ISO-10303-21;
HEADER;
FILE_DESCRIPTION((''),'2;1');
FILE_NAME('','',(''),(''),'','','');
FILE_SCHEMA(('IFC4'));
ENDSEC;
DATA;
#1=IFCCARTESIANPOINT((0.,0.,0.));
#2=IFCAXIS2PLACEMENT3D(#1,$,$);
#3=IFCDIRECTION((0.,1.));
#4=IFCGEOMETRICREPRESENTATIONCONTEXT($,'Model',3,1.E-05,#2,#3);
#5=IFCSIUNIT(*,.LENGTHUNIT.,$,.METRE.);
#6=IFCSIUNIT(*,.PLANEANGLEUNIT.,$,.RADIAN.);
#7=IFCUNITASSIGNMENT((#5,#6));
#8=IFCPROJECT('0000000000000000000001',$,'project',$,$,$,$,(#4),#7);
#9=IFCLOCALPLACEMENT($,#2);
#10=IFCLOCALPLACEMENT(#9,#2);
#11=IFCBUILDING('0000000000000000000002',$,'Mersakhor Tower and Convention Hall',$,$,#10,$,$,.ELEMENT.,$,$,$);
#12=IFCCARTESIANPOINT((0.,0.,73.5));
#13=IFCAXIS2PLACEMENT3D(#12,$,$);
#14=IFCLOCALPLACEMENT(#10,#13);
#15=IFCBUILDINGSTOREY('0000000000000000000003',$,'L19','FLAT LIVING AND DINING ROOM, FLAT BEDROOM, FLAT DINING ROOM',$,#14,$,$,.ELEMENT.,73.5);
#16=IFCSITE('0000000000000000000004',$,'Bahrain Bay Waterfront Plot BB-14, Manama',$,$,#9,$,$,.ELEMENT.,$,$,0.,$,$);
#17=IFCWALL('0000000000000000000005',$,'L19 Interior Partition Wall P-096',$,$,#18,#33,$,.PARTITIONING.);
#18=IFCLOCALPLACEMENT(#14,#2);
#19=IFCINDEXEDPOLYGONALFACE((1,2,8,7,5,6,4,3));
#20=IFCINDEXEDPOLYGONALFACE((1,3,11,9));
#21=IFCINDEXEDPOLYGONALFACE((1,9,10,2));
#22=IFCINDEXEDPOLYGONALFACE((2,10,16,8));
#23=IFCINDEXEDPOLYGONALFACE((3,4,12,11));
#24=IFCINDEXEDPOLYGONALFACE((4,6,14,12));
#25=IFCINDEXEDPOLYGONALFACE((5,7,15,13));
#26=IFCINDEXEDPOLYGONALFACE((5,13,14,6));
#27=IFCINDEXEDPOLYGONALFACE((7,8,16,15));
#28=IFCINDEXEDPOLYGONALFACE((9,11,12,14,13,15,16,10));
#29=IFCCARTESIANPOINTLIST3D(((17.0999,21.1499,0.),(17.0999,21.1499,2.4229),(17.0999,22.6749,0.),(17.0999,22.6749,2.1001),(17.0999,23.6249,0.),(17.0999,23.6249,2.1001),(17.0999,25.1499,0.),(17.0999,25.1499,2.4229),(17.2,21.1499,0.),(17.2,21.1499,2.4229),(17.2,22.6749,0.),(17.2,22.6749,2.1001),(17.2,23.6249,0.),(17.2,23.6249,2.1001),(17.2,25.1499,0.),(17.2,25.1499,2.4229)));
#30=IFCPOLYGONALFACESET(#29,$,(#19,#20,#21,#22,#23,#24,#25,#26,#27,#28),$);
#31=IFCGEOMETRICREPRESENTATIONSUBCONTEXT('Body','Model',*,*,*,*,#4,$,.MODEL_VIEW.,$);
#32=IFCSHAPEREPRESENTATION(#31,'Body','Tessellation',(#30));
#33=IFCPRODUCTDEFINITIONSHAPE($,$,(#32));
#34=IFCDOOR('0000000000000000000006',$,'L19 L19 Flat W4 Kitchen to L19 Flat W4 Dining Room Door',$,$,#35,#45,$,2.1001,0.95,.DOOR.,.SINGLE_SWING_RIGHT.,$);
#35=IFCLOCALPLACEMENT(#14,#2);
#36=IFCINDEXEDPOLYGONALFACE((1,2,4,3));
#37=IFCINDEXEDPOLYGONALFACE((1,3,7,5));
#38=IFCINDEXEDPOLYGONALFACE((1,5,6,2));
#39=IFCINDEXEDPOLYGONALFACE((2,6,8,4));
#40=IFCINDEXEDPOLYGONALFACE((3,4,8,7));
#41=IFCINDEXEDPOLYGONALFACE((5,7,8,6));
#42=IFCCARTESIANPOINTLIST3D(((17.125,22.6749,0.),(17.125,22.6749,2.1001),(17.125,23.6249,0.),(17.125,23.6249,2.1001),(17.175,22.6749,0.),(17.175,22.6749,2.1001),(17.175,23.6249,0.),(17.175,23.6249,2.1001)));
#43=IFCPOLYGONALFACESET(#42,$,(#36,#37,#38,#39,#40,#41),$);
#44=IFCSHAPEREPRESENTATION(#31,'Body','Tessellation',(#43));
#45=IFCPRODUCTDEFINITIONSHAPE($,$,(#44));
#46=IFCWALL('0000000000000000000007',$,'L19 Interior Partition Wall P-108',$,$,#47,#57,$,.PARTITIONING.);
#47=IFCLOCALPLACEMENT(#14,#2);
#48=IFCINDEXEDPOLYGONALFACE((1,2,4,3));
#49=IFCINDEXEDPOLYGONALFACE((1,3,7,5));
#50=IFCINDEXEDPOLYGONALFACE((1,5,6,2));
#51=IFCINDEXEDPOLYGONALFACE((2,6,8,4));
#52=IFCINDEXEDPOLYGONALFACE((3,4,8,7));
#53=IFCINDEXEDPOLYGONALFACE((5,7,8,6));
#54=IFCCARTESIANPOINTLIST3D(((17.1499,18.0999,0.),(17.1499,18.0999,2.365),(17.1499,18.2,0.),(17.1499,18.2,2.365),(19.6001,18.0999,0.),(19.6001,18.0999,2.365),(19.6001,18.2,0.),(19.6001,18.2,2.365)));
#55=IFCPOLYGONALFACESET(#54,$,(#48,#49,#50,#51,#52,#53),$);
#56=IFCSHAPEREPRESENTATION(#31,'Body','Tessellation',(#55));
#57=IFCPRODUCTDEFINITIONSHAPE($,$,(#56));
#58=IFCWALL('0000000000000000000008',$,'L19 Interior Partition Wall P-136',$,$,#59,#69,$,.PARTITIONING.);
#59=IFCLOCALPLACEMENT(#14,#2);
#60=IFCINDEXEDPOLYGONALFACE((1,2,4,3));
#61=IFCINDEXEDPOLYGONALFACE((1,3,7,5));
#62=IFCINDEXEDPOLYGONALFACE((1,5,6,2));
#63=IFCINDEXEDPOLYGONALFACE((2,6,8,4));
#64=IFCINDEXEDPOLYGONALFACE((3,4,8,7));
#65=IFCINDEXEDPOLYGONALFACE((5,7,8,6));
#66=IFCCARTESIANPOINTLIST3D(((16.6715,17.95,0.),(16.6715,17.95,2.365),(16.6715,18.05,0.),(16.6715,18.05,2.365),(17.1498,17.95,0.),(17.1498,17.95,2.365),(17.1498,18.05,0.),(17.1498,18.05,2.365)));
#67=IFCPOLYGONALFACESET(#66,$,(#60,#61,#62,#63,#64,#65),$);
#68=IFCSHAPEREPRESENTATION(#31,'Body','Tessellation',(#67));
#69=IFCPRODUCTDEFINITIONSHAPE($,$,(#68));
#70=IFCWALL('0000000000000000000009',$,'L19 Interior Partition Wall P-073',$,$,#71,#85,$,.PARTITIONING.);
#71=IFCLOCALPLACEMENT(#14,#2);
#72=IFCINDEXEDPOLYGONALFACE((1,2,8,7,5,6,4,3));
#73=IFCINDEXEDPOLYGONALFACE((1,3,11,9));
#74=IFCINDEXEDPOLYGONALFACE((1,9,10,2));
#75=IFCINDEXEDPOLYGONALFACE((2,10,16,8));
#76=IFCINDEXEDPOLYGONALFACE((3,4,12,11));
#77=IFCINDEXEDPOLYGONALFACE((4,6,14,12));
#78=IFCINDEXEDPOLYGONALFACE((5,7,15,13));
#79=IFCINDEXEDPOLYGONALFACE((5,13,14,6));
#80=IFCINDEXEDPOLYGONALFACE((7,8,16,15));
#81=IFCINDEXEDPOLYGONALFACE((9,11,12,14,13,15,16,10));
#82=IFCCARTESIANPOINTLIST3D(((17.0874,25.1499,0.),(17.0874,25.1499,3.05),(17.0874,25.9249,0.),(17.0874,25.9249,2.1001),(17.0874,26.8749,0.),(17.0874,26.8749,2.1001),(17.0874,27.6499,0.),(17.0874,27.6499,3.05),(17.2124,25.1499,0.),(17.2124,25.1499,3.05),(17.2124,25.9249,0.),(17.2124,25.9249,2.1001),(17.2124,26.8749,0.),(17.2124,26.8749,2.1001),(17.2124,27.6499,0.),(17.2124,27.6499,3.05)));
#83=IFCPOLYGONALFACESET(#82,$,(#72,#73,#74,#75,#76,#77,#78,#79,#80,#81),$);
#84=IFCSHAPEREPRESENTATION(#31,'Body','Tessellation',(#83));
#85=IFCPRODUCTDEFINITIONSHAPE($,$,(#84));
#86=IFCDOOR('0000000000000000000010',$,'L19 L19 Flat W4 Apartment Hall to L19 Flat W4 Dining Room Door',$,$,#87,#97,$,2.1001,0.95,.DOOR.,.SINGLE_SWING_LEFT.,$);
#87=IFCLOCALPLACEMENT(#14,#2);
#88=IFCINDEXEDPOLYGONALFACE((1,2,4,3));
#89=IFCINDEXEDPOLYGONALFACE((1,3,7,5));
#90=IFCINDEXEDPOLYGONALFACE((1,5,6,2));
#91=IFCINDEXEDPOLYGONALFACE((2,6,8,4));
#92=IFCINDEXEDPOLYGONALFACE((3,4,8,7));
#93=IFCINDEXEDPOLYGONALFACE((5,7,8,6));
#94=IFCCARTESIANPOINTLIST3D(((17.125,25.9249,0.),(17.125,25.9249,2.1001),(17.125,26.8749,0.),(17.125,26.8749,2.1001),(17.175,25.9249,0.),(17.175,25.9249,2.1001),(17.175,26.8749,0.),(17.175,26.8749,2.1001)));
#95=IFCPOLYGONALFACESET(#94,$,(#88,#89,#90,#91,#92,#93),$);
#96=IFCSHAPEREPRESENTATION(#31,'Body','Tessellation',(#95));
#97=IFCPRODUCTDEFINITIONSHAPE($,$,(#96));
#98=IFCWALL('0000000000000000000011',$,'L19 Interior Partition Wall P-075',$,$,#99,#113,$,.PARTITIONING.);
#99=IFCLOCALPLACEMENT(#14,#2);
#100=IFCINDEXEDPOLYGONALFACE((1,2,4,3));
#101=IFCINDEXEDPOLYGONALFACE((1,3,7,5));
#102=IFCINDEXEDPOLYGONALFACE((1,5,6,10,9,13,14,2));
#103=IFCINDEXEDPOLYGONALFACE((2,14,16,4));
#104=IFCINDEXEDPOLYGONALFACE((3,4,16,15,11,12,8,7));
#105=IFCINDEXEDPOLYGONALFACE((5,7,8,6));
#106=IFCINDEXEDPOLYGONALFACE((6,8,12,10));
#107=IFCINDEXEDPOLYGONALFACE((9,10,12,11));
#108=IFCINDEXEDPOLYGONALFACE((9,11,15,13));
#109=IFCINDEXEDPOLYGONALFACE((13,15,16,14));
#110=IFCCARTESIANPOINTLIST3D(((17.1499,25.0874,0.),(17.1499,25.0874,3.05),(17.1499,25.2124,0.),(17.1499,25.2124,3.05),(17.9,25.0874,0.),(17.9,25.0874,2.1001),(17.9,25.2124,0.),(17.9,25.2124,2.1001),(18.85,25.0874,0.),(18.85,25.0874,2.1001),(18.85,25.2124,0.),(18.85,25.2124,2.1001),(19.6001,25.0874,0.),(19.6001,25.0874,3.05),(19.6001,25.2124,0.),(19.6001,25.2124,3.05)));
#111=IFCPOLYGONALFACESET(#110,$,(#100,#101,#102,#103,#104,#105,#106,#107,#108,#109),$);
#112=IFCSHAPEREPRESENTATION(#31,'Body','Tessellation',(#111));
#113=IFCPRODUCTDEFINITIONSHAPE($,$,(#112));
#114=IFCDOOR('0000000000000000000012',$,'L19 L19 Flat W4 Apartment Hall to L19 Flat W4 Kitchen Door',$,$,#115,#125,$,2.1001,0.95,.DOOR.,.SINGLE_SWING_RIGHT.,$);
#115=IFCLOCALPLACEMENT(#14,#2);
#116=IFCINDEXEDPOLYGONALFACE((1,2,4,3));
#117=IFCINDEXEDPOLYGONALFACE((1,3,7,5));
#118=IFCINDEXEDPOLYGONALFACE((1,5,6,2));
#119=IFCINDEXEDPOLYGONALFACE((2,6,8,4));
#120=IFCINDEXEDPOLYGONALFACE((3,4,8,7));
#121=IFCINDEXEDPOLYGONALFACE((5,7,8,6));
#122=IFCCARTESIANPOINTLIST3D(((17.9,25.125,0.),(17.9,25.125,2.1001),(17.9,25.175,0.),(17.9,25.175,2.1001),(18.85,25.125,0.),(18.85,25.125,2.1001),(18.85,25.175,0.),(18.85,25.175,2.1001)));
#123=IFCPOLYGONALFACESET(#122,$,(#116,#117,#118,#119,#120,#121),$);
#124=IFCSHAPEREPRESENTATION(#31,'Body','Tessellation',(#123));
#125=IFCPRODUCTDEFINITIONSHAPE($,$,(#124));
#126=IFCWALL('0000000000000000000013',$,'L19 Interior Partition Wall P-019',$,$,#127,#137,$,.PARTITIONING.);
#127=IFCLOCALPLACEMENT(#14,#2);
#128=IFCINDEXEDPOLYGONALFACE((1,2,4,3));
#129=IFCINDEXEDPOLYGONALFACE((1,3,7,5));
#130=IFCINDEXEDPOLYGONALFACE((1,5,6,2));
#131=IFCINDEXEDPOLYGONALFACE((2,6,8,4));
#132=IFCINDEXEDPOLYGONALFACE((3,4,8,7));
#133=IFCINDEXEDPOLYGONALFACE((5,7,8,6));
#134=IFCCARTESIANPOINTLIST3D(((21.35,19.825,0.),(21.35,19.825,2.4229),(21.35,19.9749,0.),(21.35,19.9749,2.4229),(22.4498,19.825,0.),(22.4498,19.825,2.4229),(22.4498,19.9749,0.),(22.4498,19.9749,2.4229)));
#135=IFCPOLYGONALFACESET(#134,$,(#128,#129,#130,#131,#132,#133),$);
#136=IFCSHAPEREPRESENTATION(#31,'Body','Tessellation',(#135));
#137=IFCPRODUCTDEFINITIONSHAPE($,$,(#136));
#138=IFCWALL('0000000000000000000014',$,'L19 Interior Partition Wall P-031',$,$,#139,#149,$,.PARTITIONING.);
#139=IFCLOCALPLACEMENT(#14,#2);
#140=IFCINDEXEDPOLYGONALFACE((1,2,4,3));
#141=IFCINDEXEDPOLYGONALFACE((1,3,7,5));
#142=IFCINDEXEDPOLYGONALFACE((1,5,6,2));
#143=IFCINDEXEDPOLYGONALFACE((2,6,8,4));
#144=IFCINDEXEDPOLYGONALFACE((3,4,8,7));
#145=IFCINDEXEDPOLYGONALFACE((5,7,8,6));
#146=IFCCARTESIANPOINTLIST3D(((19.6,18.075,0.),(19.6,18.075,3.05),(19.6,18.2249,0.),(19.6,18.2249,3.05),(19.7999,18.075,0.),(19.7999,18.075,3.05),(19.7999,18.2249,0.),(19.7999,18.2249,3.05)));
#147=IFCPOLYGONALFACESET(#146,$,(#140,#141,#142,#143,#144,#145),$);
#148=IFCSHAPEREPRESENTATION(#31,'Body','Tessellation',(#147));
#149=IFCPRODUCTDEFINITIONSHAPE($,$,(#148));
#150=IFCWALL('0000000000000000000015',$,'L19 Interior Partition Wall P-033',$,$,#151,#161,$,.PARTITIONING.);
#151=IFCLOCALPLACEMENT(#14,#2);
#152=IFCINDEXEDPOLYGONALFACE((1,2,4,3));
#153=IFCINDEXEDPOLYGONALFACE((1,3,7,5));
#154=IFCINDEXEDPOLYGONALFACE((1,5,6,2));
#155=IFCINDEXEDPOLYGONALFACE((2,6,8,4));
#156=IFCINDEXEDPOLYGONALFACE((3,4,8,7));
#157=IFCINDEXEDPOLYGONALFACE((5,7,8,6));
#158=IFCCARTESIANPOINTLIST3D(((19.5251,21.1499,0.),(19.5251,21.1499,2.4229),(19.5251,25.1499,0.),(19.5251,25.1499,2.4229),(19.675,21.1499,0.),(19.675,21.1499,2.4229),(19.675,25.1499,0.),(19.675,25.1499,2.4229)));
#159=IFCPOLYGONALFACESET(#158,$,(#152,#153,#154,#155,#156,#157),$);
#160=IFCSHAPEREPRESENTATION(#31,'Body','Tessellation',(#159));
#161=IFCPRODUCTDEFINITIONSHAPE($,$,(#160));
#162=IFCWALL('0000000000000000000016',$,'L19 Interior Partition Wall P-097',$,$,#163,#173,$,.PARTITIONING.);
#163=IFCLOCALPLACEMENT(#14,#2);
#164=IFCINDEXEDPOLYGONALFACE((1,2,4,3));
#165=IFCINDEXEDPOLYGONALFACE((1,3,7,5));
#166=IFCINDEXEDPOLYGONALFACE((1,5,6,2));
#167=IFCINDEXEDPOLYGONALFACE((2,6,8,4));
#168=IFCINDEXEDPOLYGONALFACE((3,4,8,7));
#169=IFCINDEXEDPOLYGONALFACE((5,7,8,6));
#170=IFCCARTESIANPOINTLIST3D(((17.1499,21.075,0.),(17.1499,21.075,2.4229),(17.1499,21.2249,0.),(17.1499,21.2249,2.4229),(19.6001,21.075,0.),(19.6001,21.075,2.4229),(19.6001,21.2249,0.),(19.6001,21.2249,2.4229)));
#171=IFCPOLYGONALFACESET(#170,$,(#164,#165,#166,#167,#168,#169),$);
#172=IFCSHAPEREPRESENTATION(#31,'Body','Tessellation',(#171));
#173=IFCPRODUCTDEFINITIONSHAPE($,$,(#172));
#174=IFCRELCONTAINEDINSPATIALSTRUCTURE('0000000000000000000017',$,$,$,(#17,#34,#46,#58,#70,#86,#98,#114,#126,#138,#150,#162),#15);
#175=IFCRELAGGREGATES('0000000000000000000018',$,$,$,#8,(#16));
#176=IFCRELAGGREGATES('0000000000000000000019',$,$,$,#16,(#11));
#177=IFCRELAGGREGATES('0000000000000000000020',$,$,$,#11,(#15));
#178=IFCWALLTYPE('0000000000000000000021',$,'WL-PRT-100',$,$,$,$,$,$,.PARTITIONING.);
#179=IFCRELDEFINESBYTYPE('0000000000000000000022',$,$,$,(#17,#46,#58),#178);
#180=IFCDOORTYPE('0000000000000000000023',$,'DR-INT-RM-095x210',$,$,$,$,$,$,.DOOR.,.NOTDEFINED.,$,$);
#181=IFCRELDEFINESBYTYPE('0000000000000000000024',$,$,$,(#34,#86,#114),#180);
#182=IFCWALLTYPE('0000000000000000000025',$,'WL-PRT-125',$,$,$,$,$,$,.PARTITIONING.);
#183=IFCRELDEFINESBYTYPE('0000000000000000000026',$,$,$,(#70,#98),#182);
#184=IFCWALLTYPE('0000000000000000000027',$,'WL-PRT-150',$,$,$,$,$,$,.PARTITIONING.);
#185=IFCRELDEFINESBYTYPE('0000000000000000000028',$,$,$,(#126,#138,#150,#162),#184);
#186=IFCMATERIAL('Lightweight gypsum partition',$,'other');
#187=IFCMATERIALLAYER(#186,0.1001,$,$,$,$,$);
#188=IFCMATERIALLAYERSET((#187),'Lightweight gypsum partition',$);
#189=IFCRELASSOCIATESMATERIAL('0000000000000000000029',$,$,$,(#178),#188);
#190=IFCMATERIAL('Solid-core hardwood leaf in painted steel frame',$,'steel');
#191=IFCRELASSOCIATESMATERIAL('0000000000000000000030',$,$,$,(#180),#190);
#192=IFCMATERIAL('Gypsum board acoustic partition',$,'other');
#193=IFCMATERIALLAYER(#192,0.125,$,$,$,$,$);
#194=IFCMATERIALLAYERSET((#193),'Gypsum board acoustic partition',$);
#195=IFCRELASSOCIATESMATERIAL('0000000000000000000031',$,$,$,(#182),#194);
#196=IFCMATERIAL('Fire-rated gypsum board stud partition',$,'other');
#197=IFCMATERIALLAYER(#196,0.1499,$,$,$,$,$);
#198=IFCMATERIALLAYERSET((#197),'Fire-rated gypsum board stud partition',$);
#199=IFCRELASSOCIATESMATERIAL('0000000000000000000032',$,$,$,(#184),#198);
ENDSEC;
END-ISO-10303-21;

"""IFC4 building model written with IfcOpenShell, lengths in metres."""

from ifc_helpers import new_model, si_unit, direction, frame, frame_2d, origin, place, context, subcontext, project, spatial, rectangle, extrude, material, layer, layer_set, type_object, element, fill, save


model = new_model("IFC4")

# Units and contexts
model_context = context("Model", 3, precision=1e-05, world=origin(), true_north=direction((0.0, 1.0)))
body_context = subcontext(model_context, "Body", "Model", "MODEL_VIEW")
ifc_project = project(units=[si_unit("LENGTHUNIT", "METRE"), si_unit("PLANEANGLEUNIT", "RADIAN")], contexts=[model_context])

# Site, building, storey
site_placement = place(None, origin())
site = spatial("IfcSite", under=ifc_project, at=site_placement, Name="Bahrain Bay Waterfront Plot BB-14, Manama", CompositionType="ELEMENT", RefElevation=0.0)
building_placement = place(site_placement, origin())
building = spatial("IfcBuilding", under=site, at=building_placement, Name="Mersakhor Tower and Convention Hall", CompositionType="ELEMENT")
storey_placement = place(building_placement, frame((0.0, 0.0, 73.5)))
storey = spatial("IfcBuildingStorey", under=building, at=storey_placement, Name="L19", Description="FLAT LIVING AND DINING ROOM, FLAT BEDROOM, FLAT DINING ROOM", CompositionType="ELEMENT", Elevation=73.5)

# Wall, opening, door
ifc_material_1 = material(Name="Lightweight gypsum partition", Category="other")
ifc_layer_1 = layer(ifc_material_1, 0.1001)
ifc_layer_set_1 = layer_set([ifc_layer_1], Name="Lightweight gypsum partition")
wall_type_1 = type_object("IfcWallType", Name="WL-PRT-100", PredefinedType="PARTITIONING", material=ifc_layer_set_1)
wall_1_placement = place(storey_placement, frame((17.1499, 21.1499, 0.0), z_axis=(0.0, 0.0, 1.0), x_axis=(0.0, 1.0, 0.0)))
wall_1 = element("IfcWall", 1, at=wall_1_placement, inside=storey, type_object=wall_type_1, Name="L19 Interior Partition Wall P-096", PredefinedType="PARTITIONING", context=body_context, shape_type="SweptSolid", body=[
    extrude(rectangle(XDim=4.0, YDim=0.1001, at=frame_2d((2.0, 0.0))), origin(), (0.0, 0.0, 1.0), 2.4229),
])
opening_1_placement = place(wall_1_placement, frame((1.5249, 0.0, 0.0)))
opening_1 = element("IfcOpeningElement", 2, at=opening_1_placement, cuts=wall_1, PredefinedType="OPENING", context=body_context, shape_type="SweptSolid", body=[
    extrude(rectangle(XDim=0.95, YDim=2.1001, at=frame_2d((0.4751, 1.05))), frame((0.0, 0.0601, 0.0), z_axis=(0.0, -1.0, 0.0), x_axis=(1.0, 0.0, 0.0)), (0.0, 0.0, 1.0), 0.1201),
])
ifc_material_2 = material(Name="Solid-core hardwood leaf in painted steel frame", Category="steel")
door_type_1 = type_object("IfcDoorType", Name="DR-INT-RM-095x210", OperationType="NOTDEFINED", PredefinedType="DOOR", material=ifc_material_2)
door_1_placement = place(opening_1_placement, origin())
door_1 = element("IfcDoor", 3, at=door_1_placement, inside=storey, type_object=door_type_1, Name="L19 L19 Flat W4 Kitchen to L19 Flat W4 Dining Room Door", OperationType="SINGLE_SWING_RIGHT", OverallHeight=2.1001, OverallWidth=0.95, PredefinedType="DOOR", context=body_context, shape_type="SweptSolid", body=[
    extrude(rectangle(XDim=0.95, YDim=2.1001, at=frame_2d((0.4751, 1.05))), frame((0.0, 0.0249, 0.0), z_axis=(0.0, -1.0, 0.0), x_axis=(1.0, 0.0, 0.0)), (0.0, 0.0, 1.0), 0.05),
])
fill(opening_1, door_1)

# Walls
wall_2_placement = place(storey_placement, frame((19.6001, 18.1499, 0.0), z_axis=(0.0, 0.0, 1.0), x_axis=(-1.0, 0.0, 0.0)))
element("IfcWall", 4, at=wall_2_placement, inside=storey, type_object=wall_type_1, Name="L19 Interior Partition Wall P-108", PredefinedType="PARTITIONING", context=body_context, shape_type="SweptSolid", body=[
    extrude(rectangle(XDim=2.4502, YDim=0.1001, at=frame_2d((1.2251, 0.0))), origin(), (0.0, 0.0, 1.0), 2.365),
])
wall_3_placement = place(storey_placement, frame((17.1499, 18.0, 0.0), z_axis=(0.0, 0.0, 1.0), x_axis=(-1.0, 0.0, 0.0)))
element("IfcWall", 5, at=wall_3_placement, inside=storey, type_object=wall_type_1, Name="L19 Interior Partition Wall P-136", PredefinedType="PARTITIONING", context=body_context, shape_type="SweptSolid", body=[
    extrude(rectangle(XDim=0.4783, YDim=0.1001, at=frame_2d((0.2393, 0.0))), origin(), (0.0, 0.0, 1.0), 2.365),
])

# Walls, openings, doors
ifc_material_3 = material(Name="Gypsum board acoustic partition", Category="other")
ifc_layer_2 = layer(ifc_material_3, 0.125)
ifc_layer_set_2 = layer_set([ifc_layer_2], Name="Gypsum board acoustic partition")
wall_type_2 = type_object("IfcWallType", Name="WL-PRT-125", PredefinedType="PARTITIONING", material=ifc_layer_set_2)
wall_4_placement = place(storey_placement, frame((17.1499, 25.1499, 0.0), z_axis=(0.0, 0.0, 1.0), x_axis=(0.0, 1.0, 0.0)))
wall_4 = element("IfcWall", 6, at=wall_4_placement, inside=storey, type_object=wall_type_2, Name="L19 Interior Partition Wall P-073", PredefinedType="PARTITIONING", context=body_context, shape_type="SweptSolid", body=[
    extrude(rectangle(XDim=2.5, YDim=0.125, at=frame_2d((1.25, 0.0))), origin(), (0.0, 0.0, 1.0), 3.05),
])
opening_2_placement = place(wall_4_placement, frame((0.7749, 0.0, 0.0)))
opening_2 = element("IfcOpeningElement", 7, at=opening_2_placement, cuts=wall_4, PredefinedType="OPENING", context=body_context, shape_type="SweptSolid", body=[
    extrude(rectangle(XDim=0.95, YDim=2.1001, at=frame_2d((0.4751, 1.05))), frame((0.0, 0.0725, 0.0), z_axis=(0.0, -1.0, 0.0), x_axis=(1.0, 0.0, 0.0)), (0.0, 0.0, 1.0), 0.145),
])
door_2_placement = place(opening_2_placement, origin())
door_2 = element("IfcDoor", 8, at=door_2_placement, inside=storey, type_object=door_type_1, Name="L19 L19 Flat W4 Apartment Hall to L19 Flat W4 Dining Room Door", OperationType="SINGLE_SWING_LEFT", OverallHeight=2.1001, OverallWidth=0.95, PredefinedType="DOOR", context=body_context, shape_type="SweptSolid", body=[
    extrude(rectangle(XDim=0.95, YDim=2.1001, at=frame_2d((0.4751, 1.05))), frame((0.0, 0.0249, 0.0), z_axis=(0.0, -1.0, 0.0), x_axis=(1.0, 0.0, 0.0)), (0.0, 0.0, 1.0), 0.05),
])
fill(opening_2, door_2)
wall_5_placement = place(storey_placement, frame((19.6001, 25.1499, 0.0), z_axis=(0.0, 0.0, 1.0), x_axis=(-1.0, 0.0, 0.0)))
wall_5 = element("IfcWall", 9, at=wall_5_placement, inside=storey, type_object=wall_type_2, Name="L19 Interior Partition Wall P-075", PredefinedType="PARTITIONING", context=body_context, shape_type="SweptSolid", body=[
    extrude(rectangle(XDim=2.4502, YDim=0.125, at=frame_2d((1.2251, 0.0))), origin(), (0.0, 0.0, 1.0), 3.05),
])
opening_3_placement = place(wall_5_placement, frame((0.75, 0.0, 0.0)))
opening_3 = element("IfcOpeningElement", 10, at=opening_3_placement, cuts=wall_5, PredefinedType="OPENING", context=body_context, shape_type="SweptSolid", body=[
    extrude(rectangle(XDim=0.95, YDim=2.1001, at=frame_2d((0.4751, 1.05))), frame((0.0, 0.0725, 0.0), z_axis=(0.0, -1.0, 0.0), x_axis=(1.0, 0.0, 0.0)), (0.0, 0.0, 1.0), 0.145),
])
door_3_placement = place(opening_3_placement, origin())
door_3 = element("IfcDoor", 11, at=door_3_placement, inside=storey, type_object=door_type_1, Name="L19 L19 Flat W4 Apartment Hall to L19 Flat W4 Kitchen Door", OperationType="SINGLE_SWING_RIGHT", OverallHeight=2.1001, OverallWidth=0.95, PredefinedType="DOOR", context=body_context, shape_type="SweptSolid", body=[
    extrude(rectangle(XDim=0.95, YDim=2.1001, at=frame_2d((0.4751, 1.05))), frame((0.0, 0.0249, 0.0), z_axis=(0.0, -1.0, 0.0), x_axis=(1.0, 0.0, 0.0)), (0.0, 0.0, 1.0), 0.05),
])
fill(opening_3, door_3)

# Walls
ifc_material_4 = material(Name="Fire-rated gypsum board stud partition", Category="other")
ifc_layer_3 = layer(ifc_material_4, 0.1499)
ifc_layer_set_3 = layer_set([ifc_layer_3], Name="Fire-rated gypsum board stud partition")
wall_type_3 = type_object("IfcWallType", Name="WL-PRT-150", PredefinedType="PARTITIONING", material=ifc_layer_set_3)
wall_6_placement = place(storey_placement, frame((21.3501, 19.8999, 0.0), z_axis=(0.0, 0.0, 1.0), x_axis=(1.0, 0.0, 0.0)))
element("IfcWall", 12, at=wall_6_placement, inside=storey, type_object=wall_type_3, Name="L19 Interior Partition Wall P-019", PredefinedType="PARTITIONING", context=body_context, shape_type="SweptSolid", body=[
    extrude(rectangle(XDim=1.0999, YDim=0.1499, at=frame_2d((0.5498, 0.0))), origin(), (0.0, 0.0, 1.0), 2.4229),
])
wall_7_placement = place(storey_placement, frame((19.8, 18.1499, 0.0), z_axis=(0.0, 0.0, 1.0), x_axis=(-1.0, 0.0, 0.0)))
element("IfcWall", 13, at=wall_7_placement, inside=storey, type_object=wall_type_3, Name="L19 Interior Partition Wall P-031", PredefinedType="PARTITIONING", context=body_context, shape_type="SweptSolid", body=[
    extrude(rectangle(XDim=0.2, YDim=0.1499, at=frame_2d((0.1001, 0.0))), origin(), (0.0, 0.0, 1.0), 3.05),
])

# Wall
wall_8_placement = place(storey_placement, frame((19.6001, 21.1499, 0.0), z_axis=(0.0, 0.0, 1.0), x_axis=(0.0, 1.0, 0.0)))
element("IfcWall", 14, at=wall_8_placement, inside=storey, type_object=wall_type_3, Name="L19 Interior Partition Wall P-033", PredefinedType="PARTITIONING", context=body_context, shape_type="SweptSolid", body=[
    extrude(rectangle(XDim=4.0, YDim=0.1499, at=frame_2d((2.0, 0.0))), origin(), (0.0, 0.0, 1.0), 2.4229),
])

# Wall
wall_9_placement = place(storey_placement, frame((19.6001, 21.1499, 0.0), z_axis=(0.0, 0.0, 1.0), x_axis=(-1.0, 0.0, 0.0)))
element("IfcWall", 15, at=wall_9_placement, inside=storey, type_object=wall_type_3, Name="L19 Interior Partition Wall P-097", PredefinedType="PARTITIONING", context=body_context, shape_type="SweptSolid", body=[
    extrude(rectangle(XDim=2.4502, YDim=0.1499, at=frame_2d((1.2251, 0.0))), origin(), (0.0, 0.0, 1.0), 2.4229),
])

save(model, "model.ifc")
